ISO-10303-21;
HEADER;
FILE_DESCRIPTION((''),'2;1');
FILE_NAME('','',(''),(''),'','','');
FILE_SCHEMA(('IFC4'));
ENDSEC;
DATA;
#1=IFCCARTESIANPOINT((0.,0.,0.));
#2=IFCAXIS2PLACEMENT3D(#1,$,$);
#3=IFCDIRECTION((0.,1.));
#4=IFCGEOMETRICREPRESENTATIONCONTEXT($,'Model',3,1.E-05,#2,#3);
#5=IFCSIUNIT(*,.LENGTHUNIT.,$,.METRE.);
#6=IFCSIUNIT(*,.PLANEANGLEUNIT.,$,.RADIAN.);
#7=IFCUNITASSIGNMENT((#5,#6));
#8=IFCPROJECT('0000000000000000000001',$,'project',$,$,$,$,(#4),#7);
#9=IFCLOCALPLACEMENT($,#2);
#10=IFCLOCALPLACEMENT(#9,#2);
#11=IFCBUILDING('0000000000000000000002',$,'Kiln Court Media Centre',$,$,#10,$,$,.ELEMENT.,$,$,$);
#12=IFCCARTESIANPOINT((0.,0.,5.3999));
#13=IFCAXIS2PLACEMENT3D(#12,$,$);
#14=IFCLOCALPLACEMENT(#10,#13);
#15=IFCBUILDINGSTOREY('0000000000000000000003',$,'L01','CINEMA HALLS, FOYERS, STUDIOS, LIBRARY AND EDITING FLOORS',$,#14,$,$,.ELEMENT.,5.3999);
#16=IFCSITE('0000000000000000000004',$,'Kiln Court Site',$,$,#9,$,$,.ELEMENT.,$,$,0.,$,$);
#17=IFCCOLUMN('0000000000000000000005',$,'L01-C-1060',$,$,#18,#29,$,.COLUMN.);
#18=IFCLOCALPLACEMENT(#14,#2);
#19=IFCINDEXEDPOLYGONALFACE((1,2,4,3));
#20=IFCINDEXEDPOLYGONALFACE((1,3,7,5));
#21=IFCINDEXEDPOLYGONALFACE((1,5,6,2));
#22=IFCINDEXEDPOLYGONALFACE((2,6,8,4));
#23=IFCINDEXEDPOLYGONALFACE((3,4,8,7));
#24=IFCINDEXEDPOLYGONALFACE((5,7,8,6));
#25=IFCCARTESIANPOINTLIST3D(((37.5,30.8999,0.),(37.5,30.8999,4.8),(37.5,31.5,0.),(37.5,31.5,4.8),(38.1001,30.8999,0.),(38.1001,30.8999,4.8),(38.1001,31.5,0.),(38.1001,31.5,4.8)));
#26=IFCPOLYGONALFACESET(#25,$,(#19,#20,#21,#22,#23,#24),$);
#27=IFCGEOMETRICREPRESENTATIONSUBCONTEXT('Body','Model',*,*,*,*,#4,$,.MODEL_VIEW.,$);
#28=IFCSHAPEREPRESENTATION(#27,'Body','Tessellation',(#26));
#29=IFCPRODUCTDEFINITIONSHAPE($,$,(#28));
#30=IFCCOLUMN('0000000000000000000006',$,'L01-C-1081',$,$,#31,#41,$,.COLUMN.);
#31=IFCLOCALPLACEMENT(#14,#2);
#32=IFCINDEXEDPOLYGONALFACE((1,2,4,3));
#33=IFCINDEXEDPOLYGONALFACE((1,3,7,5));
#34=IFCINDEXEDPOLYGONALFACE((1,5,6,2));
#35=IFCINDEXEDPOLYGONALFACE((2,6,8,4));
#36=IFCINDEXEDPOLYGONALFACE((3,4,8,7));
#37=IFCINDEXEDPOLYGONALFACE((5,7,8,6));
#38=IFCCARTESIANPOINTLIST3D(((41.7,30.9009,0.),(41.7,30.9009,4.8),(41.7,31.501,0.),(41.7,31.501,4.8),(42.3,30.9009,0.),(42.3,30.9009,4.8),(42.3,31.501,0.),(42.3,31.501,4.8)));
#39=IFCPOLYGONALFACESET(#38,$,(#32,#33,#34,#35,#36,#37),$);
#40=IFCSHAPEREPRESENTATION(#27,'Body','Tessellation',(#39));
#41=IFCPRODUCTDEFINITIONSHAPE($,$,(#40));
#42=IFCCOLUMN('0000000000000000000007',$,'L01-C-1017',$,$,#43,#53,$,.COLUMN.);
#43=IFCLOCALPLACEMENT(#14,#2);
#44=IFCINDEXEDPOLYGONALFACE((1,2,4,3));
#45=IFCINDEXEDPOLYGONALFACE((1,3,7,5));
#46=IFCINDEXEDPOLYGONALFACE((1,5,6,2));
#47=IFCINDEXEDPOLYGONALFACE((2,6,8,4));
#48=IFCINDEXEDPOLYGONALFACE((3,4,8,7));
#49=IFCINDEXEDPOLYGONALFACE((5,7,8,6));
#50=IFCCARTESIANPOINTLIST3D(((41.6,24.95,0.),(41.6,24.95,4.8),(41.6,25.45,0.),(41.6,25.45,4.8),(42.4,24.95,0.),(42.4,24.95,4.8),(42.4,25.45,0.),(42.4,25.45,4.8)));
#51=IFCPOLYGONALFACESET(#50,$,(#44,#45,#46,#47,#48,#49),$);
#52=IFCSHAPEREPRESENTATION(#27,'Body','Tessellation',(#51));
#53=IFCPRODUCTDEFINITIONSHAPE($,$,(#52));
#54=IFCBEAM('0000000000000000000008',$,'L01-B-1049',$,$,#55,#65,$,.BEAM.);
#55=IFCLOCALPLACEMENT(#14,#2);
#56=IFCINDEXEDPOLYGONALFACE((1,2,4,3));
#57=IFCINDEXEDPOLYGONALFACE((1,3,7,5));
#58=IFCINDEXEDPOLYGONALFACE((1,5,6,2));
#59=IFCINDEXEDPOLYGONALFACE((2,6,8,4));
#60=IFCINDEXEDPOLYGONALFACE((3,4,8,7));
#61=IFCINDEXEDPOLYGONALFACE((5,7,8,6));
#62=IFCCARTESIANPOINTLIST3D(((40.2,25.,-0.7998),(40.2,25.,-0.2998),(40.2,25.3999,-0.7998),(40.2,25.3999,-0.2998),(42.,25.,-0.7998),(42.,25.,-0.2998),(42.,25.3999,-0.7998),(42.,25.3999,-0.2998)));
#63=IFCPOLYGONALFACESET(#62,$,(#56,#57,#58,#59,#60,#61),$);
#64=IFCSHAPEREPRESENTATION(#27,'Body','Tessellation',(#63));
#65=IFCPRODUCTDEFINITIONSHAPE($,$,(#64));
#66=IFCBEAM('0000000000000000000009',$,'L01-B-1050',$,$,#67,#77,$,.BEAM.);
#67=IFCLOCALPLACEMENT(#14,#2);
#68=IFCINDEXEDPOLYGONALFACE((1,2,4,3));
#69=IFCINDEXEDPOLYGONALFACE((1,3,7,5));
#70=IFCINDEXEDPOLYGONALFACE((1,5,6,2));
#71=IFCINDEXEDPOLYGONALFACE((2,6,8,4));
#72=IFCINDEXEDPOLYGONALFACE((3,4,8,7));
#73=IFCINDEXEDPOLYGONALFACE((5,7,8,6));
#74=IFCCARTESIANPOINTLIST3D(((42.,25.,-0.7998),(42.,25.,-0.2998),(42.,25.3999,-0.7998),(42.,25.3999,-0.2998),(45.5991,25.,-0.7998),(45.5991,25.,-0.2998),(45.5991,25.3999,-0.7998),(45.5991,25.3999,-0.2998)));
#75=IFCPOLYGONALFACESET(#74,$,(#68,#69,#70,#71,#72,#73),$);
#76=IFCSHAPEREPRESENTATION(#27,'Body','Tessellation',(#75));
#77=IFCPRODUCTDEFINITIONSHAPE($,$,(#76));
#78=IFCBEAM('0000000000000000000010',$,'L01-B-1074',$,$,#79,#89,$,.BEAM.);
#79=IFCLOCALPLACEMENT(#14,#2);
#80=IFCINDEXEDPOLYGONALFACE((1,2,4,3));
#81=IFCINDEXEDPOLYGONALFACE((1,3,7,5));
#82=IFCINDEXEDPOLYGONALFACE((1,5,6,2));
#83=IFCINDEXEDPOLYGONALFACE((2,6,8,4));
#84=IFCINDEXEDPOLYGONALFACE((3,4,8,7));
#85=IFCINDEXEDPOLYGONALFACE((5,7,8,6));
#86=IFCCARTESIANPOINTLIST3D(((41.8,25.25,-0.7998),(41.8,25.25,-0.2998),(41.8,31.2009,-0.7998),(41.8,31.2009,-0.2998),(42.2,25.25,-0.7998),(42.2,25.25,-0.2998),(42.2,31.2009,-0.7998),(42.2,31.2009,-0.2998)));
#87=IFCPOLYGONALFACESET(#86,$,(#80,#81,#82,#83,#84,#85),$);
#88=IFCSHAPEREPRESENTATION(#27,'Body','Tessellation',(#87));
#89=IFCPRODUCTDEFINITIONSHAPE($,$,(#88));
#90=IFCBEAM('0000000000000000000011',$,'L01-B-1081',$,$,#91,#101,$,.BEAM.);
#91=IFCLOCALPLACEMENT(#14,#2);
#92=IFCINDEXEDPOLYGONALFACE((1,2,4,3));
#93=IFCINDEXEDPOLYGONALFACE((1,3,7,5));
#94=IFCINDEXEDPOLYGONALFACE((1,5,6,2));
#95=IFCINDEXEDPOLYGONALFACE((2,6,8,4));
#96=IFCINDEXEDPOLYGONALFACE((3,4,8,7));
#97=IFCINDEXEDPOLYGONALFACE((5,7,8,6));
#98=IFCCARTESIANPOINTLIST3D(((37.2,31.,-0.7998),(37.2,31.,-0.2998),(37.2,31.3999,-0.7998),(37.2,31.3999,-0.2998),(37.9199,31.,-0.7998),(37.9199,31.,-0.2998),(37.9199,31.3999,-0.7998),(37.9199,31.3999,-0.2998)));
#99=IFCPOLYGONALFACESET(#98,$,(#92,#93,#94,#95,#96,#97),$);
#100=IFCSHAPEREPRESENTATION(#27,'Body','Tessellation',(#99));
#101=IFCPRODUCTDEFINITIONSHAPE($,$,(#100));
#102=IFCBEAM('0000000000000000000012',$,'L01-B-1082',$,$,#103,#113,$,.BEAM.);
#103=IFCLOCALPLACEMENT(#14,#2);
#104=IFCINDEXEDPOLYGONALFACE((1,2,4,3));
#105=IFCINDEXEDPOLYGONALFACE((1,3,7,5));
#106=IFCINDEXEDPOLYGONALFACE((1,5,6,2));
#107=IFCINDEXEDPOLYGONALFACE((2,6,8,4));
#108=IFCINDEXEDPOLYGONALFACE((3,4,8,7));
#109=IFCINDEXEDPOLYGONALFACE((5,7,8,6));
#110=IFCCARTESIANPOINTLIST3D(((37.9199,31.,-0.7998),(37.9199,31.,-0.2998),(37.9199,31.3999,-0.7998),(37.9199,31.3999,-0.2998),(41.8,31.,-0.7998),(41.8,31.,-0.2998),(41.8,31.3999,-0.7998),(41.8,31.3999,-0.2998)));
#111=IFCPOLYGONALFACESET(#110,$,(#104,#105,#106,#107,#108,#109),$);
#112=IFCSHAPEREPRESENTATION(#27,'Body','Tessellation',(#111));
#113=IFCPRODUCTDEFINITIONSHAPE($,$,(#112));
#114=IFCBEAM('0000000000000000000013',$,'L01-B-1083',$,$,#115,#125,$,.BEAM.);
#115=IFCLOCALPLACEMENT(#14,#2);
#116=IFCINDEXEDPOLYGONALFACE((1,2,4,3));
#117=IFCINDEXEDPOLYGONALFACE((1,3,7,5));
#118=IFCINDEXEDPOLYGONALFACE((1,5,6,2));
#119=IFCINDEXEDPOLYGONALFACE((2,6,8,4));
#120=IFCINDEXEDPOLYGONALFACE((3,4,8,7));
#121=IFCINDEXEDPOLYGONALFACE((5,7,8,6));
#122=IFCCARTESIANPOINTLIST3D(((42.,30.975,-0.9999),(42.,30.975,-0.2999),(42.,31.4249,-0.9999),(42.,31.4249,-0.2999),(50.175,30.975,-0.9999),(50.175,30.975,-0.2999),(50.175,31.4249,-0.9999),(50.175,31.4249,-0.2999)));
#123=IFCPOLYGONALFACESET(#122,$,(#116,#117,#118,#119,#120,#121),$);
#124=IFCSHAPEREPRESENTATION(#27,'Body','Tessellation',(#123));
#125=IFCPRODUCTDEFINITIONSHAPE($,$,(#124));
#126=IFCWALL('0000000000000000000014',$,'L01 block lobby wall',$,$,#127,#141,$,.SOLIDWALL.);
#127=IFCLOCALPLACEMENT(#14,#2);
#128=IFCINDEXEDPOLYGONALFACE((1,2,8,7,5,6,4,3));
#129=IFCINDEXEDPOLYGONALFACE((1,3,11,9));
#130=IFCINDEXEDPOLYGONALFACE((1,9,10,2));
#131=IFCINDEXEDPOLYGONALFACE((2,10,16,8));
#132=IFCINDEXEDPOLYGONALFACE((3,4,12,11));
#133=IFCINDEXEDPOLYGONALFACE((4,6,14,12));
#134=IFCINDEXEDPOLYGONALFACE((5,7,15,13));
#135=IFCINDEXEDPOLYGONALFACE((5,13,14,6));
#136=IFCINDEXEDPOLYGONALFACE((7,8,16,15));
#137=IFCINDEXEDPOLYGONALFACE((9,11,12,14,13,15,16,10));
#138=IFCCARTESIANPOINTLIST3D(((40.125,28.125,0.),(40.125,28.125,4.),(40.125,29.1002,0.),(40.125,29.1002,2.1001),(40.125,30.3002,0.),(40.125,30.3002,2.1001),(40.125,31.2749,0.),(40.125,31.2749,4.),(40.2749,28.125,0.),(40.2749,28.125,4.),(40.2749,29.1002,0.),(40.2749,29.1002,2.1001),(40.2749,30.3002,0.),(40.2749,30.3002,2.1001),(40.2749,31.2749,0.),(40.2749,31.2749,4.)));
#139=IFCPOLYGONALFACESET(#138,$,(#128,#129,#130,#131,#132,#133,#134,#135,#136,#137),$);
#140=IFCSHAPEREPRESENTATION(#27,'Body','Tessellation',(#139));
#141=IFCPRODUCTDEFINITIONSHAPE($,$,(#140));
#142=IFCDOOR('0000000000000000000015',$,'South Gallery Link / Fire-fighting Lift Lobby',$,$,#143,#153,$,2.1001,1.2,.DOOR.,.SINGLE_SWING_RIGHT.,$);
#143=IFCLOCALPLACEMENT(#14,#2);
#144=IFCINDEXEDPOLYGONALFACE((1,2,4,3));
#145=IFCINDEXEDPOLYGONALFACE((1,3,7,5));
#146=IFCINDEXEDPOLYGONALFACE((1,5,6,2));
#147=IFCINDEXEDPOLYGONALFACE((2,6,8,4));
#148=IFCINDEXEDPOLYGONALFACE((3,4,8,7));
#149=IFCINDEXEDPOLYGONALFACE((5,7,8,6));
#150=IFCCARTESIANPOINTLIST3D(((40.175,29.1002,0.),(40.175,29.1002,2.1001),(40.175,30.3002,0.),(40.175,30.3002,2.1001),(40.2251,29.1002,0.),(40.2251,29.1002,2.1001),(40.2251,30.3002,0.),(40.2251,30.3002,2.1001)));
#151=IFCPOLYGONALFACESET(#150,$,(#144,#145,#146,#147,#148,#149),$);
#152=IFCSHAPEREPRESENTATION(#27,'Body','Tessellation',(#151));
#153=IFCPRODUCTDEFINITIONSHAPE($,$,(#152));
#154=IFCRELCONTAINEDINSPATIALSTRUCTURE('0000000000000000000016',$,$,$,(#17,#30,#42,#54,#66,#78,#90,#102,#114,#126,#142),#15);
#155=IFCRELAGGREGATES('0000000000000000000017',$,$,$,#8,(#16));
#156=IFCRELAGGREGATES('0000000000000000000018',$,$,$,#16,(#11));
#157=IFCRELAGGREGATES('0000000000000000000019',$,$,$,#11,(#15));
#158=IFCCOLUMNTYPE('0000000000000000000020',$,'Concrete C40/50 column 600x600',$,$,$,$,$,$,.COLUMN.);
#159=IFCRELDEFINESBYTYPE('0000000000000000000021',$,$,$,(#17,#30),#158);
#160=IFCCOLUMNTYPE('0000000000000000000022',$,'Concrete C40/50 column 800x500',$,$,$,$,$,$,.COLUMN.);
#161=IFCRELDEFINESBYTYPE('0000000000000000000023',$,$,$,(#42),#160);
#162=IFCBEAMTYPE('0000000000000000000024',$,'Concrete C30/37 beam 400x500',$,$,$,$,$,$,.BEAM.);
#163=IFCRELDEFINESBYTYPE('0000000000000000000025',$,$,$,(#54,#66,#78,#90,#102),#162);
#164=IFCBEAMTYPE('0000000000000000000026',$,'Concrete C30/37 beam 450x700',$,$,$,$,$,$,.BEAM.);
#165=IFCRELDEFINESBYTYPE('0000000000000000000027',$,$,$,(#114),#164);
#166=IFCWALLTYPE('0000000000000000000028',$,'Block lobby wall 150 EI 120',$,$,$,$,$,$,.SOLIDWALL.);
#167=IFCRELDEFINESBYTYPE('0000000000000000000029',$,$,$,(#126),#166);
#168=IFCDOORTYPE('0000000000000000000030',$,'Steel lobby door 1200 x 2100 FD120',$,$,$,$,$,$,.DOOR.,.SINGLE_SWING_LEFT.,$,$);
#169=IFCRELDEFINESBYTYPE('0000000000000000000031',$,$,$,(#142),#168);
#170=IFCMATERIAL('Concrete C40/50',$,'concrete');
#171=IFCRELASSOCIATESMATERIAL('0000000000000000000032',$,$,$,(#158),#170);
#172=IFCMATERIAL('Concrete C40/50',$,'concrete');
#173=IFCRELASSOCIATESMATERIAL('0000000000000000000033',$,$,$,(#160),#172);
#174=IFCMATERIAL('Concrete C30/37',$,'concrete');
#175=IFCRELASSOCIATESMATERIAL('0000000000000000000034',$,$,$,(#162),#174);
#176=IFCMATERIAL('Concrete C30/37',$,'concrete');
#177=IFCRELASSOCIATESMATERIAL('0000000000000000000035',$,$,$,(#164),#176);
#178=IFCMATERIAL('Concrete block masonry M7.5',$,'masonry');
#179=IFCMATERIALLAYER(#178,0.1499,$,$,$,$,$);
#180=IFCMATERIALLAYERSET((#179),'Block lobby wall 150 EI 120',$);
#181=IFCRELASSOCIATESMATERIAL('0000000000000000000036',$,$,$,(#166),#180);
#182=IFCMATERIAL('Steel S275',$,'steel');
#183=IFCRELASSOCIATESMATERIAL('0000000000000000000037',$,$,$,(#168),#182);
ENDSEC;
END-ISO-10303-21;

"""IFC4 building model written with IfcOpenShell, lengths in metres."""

from ifc_helpers import new_model, si_unit, direction, frame, frame_2d, origin, origin_2d, place, context, subcontext, project, spatial, rectangle, extrude, material, layer, layer_set, material_profile, profile_set, type_object, element, fill, save


model = new_model("IFC4")

# Units and contexts
model_context = context("Model", 3, precision=1e-05, world=origin(), true_north=direction((0.0, 1.0)))
body_context = subcontext(model_context, "Body", "Model", "MODEL_VIEW")
ifc_project = project(units=[si_unit("LENGTHUNIT", "METRE"), si_unit("PLANEANGLEUNIT", "RADIAN")], contexts=[model_context])

# Site, building, storey
site_placement = place(None, origin())
site = spatial("IfcSite", under=ifc_project, at=site_placement, Name="Kiln Court Site", CompositionType="ELEMENT", RefElevation=0.0)
building_placement = place(site_placement, origin())
building = spatial("IfcBuilding", under=site, at=building_placement, Name="Kiln Court Media Centre", CompositionType="ELEMENT")
storey_placement = place(building_placement, frame((0.0, 0.0, 5.3999)))
storey = spatial("IfcBuildingStorey", under=building, at=storey_placement, Name="L01", Description="CINEMA HALLS, FOYERS, STUDIOS, LIBRARY AND EDITING FLOORS", CompositionType="ELEMENT", Elevation=5.3999)

# Columns
ifc_material_1 = material(Name="Concrete C40/50", Category="concrete")
ifc_material_profile_1 = material_profile(ifc_material_1, rectangle(XDim=0.6001, YDim=0.6001, at=origin_2d()), Name="RC 600x600")
ifc_profile_set_1 = profile_set([ifc_material_profile_1], Name="Concrete C40/50")
column_type_1 = type_object("IfcColumnType", Name="Concrete C40/50 column 600x600", PredefinedType="COLUMN", material=ifc_profile_set_1)
for number, where, z_axis, x_axis, name in (
    (1, (37.8, 31.2, 0.0), (0.0, 0.0, 1.0), (1.0, 0.0, 0.0), "L01-C-1060"),
    (2, (42.0, 31.2009, 0.0), (0.0, 0.0, 1.0), (1.0, 0.0, 0.0), "L01-C-1081"),
):
    element("IfcColumn", number, at=place(storey_placement, frame(where, z_axis=z_axis, x_axis=x_axis)), inside=storey, type_object=column_type_1, Name=name, PredefinedType="COLUMN", context=body_context, shape_type="SweptSolid", body=[
        extrude(rectangle(XDim=0.6001, YDim=0.6001, at=origin_2d()), origin(), (0.0, 0.0, 1.0), 4.8),
    ])
ifc_material_2 = material(Name="Concrete C40/50", Category="concrete")
ifc_material_profile_2 = material_profile(ifc_material_2, rectangle(XDim=0.8, YDim=0.5, at=origin_2d()), Name="RC 800x500")
ifc_profile_set_2 = profile_set([ifc_material_profile_2], Name="Concrete C40/50")
column_type_2 = type_object("IfcColumnType", Name="Concrete C40/50 column 800x500", PredefinedType="COLUMN", material=ifc_profile_set_2)
column_placement = place(storey_placement, frame((42.0, 25.2, 0.0), z_axis=(0.0, 0.0, 1.0), x_axis=(1.0, 0.0, 0.0)))
element("IfcColumn", 3, at=column_placement, inside=storey, type_object=column_type_2, Name="L01-C-1017", PredefinedType="COLUMN", context=body_context, shape_type="SweptSolid", body=[
    extrude(rectangle(XDim=0.8, YDim=0.5, at=origin_2d()), origin(), (0.0, 0.0, 1.0), 4.8),
])

# Beams
ifc_material_3 = material(Name="Concrete C30/37", Category="concrete")
ifc_material_profile_3 = material_profile(ifc_material_3, rectangle(XDim=0.3999, YDim=0.5, at=origin_2d()), Name="RC 400x500")
ifc_profile_set_3 = profile_set([ifc_material_profile_3], Name="Concrete C30/37")
beam_type_1 = type_object("IfcBeamType", Name="Concrete C30/37 beam 400x500", PredefinedType="BEAM", material=ifc_profile_set_3)
beam_1_placement = place(storey_placement, frame((40.2, 25.2, -0.5498), z_axis=(1.0, 0.0, 0.0), x_axis=(0.0, 1.0, 0.0)))
element("IfcBeam", 4, at=beam_1_placement, inside=storey, type_object=beam_type_1, Name="L01-B-1049", PredefinedType="BEAM", context=body_context, shape_type="SweptSolid", body=[
    extrude(rectangle(XDim=0.3999, YDim=0.5, at=origin_2d()), origin(), (0.0, 0.0, 1.0), 1.8),
])
beam_2_placement = place(storey_placement, frame((42.0, 25.2, -0.5498), z_axis=(1.0, 0.0, 0.0), x_axis=(0.0, 1.0, 0.0)))
element("IfcBeam", 5, at=beam_2_placement, inside=storey, type_object=beam_type_1, Name="L01-B-1050", PredefinedType="BEAM", context=body_context, shape_type="SweptSolid", body=[
    extrude(rectangle(XDim=0.3999, YDim=0.5, at=origin_2d()), origin(), (0.0, 0.0, 1.0), 3.5991),
])
beam_3_placement = place(storey_placement, frame((42.0, 25.25, -0.5498), z_axis=(0.0, 1.0, 0.0), x_axis=(-1.0, 0.0, 0.0)))
element("IfcBeam", 6, at=beam_3_placement, inside=storey, type_object=beam_type_1, Name="L01-B-1074", PredefinedType="BEAM", context=body_context, shape_type="SweptSolid", body=[
    extrude(rectangle(XDim=0.3999, YDim=0.5, at=origin_2d()), origin(), (0.0, 0.0, 1.0), 5.9509),
])
beam_4_placement = place(storey_placement, frame((37.2, 31.2, -0.5498), z_axis=(1.0, 0.0, 0.0), x_axis=(0.0, 1.0, 0.0)))
element("IfcBeam", 7, at=beam_4_placement, inside=storey, type_object=beam_type_1, Name="L01-B-1081", PredefinedType="BEAM", context=body_context, shape_type="SweptSolid", body=[
    extrude(rectangle(XDim=0.3999, YDim=0.5, at=origin_2d()), origin(), (0.0, 0.0, 1.0), 0.72),
])
beam_5_placement = place(storey_placement, frame((37.9199, 31.2, -0.5498), z_axis=(1.0, 0.0, 0.0), x_axis=(0.0, 1.0, 0.0)))
element("IfcBeam", 8, at=beam_5_placement, inside=storey, type_object=beam_type_1, Name="L01-B-1082", PredefinedType="BEAM", context=body_context, shape_type="SweptSolid", body=[
    extrude(rectangle(XDim=0.3999, YDim=0.5, at=origin_2d()), origin(), (0.0, 0.0, 1.0), 3.8801),
])
ifc_material_4 = material(Name="Concrete C30/37", Category="concrete")
ifc_material_profile_4 = material_profile(ifc_material_4, rectangle(XDim=0.45, YDim=0.7, at=origin_2d()), Name="RC 450x700")
ifc_profile_set_4 = profile_set([ifc_material_profile_4], Name="Concrete C30/37")
beam_type_2 = type_object("IfcBeamType", Name="Concrete C30/37 beam 450x700", PredefinedType="BEAM", material=ifc_profile_set_4)
beam_6_placement = place(storey_placement, frame((42.0, 31.2, -0.6499), z_axis=(1.0, 0.0, 0.0), x_axis=(0.0, 1.0, 0.0)))
element("IfcBeam", 9, at=beam_6_placement, inside=storey, type_object=beam_type_2, Name="L01-B-1083", PredefinedType="BEAM", context=body_context, shape_type="SweptSolid", body=[
    extrude(rectangle(XDim=0.45, YDim=0.7, at=origin_2d()), origin(), (0.0, 0.0, 1.0), 8.175),
])

# Wall, opening, door
ifc_material_5 = material(Name="Concrete block masonry M7.5", Category="masonry")
ifc_layer_1 = layer(ifc_material_5, 0.1499)
ifc_layer_set_1 = layer_set([ifc_layer_1], Name="Block lobby wall 150 EI 120")
wall_type_1 = type_object("IfcWallType", Name="Block lobby wall 150 EI 120", PredefinedType="SOLIDWALL", material=ifc_layer_set_1)
wall_1_placement = place(storey_placement, frame((40.2, 28.125, 0.0), z_axis=(0.0, 0.0, 1.0), x_axis=(0.0, 1.0, 0.0)))
wall_1 = element("IfcWall", 10, at=wall_1_placement, inside=storey, type_object=wall_type_1, Name="L01 block lobby wall", PredefinedType="SOLIDWALL", context=body_context, shape_type="SweptSolid", body=[
    extrude(rectangle(XDim=3.1499, YDim=0.1499, at=frame_2d((1.575, 0.0))), origin(), (0.0, 0.0, 1.0), 4.0),
])
opening_1_placement = place(wall_1_placement, frame((0.9751, 0.0, 0.0)))
opening_1 = element("IfcOpeningElement", 11, at=opening_1_placement, cuts=wall_1, PredefinedType="OPENING", context=body_context, shape_type="SweptSolid", body=[
    extrude(rectangle(XDim=1.2, YDim=2.1001, at=frame_2d((0.6001, 1.05))), frame((0.0, 0.085, 0.0), z_axis=(0.0, -1.0, 0.0), x_axis=(1.0, 0.0, 0.0)), (0.0, 0.0, 1.0), 0.1699),
])
ifc_material_6 = material(Name="Steel S275", Category="steel")
door_type_1 = type_object("IfcDoorType", Name="Steel lobby door 1200 x 2100 FD120", OperationType="SINGLE_SWING_LEFT", PredefinedType="DOOR", material=ifc_material_6)
door_1_placement = place(opening_1_placement, origin())
door_1 = element("IfcDoor", 12, at=door_1_placement, inside=storey, type_object=door_type_1, Name="South Gallery Link / Fire-fighting Lift Lobby", OperationType="SINGLE_SWING_RIGHT", OverallHeight=2.1001, OverallWidth=1.2, PredefinedType="DOOR", context=body_context, shape_type="SweptSolid", body=[
    extrude(rectangle(XDim=1.2, YDim=2.1001, at=frame_2d((0.6001, 1.05))), frame((0.0, 0.0249, 0.0), z_axis=(0.0, -1.0, 0.0), x_axis=(1.0, 0.0, 0.0)), (0.0, 0.0, 1.0), 0.05),
])
fill(opening_1, door_1)

save(model, "model.ifc")
